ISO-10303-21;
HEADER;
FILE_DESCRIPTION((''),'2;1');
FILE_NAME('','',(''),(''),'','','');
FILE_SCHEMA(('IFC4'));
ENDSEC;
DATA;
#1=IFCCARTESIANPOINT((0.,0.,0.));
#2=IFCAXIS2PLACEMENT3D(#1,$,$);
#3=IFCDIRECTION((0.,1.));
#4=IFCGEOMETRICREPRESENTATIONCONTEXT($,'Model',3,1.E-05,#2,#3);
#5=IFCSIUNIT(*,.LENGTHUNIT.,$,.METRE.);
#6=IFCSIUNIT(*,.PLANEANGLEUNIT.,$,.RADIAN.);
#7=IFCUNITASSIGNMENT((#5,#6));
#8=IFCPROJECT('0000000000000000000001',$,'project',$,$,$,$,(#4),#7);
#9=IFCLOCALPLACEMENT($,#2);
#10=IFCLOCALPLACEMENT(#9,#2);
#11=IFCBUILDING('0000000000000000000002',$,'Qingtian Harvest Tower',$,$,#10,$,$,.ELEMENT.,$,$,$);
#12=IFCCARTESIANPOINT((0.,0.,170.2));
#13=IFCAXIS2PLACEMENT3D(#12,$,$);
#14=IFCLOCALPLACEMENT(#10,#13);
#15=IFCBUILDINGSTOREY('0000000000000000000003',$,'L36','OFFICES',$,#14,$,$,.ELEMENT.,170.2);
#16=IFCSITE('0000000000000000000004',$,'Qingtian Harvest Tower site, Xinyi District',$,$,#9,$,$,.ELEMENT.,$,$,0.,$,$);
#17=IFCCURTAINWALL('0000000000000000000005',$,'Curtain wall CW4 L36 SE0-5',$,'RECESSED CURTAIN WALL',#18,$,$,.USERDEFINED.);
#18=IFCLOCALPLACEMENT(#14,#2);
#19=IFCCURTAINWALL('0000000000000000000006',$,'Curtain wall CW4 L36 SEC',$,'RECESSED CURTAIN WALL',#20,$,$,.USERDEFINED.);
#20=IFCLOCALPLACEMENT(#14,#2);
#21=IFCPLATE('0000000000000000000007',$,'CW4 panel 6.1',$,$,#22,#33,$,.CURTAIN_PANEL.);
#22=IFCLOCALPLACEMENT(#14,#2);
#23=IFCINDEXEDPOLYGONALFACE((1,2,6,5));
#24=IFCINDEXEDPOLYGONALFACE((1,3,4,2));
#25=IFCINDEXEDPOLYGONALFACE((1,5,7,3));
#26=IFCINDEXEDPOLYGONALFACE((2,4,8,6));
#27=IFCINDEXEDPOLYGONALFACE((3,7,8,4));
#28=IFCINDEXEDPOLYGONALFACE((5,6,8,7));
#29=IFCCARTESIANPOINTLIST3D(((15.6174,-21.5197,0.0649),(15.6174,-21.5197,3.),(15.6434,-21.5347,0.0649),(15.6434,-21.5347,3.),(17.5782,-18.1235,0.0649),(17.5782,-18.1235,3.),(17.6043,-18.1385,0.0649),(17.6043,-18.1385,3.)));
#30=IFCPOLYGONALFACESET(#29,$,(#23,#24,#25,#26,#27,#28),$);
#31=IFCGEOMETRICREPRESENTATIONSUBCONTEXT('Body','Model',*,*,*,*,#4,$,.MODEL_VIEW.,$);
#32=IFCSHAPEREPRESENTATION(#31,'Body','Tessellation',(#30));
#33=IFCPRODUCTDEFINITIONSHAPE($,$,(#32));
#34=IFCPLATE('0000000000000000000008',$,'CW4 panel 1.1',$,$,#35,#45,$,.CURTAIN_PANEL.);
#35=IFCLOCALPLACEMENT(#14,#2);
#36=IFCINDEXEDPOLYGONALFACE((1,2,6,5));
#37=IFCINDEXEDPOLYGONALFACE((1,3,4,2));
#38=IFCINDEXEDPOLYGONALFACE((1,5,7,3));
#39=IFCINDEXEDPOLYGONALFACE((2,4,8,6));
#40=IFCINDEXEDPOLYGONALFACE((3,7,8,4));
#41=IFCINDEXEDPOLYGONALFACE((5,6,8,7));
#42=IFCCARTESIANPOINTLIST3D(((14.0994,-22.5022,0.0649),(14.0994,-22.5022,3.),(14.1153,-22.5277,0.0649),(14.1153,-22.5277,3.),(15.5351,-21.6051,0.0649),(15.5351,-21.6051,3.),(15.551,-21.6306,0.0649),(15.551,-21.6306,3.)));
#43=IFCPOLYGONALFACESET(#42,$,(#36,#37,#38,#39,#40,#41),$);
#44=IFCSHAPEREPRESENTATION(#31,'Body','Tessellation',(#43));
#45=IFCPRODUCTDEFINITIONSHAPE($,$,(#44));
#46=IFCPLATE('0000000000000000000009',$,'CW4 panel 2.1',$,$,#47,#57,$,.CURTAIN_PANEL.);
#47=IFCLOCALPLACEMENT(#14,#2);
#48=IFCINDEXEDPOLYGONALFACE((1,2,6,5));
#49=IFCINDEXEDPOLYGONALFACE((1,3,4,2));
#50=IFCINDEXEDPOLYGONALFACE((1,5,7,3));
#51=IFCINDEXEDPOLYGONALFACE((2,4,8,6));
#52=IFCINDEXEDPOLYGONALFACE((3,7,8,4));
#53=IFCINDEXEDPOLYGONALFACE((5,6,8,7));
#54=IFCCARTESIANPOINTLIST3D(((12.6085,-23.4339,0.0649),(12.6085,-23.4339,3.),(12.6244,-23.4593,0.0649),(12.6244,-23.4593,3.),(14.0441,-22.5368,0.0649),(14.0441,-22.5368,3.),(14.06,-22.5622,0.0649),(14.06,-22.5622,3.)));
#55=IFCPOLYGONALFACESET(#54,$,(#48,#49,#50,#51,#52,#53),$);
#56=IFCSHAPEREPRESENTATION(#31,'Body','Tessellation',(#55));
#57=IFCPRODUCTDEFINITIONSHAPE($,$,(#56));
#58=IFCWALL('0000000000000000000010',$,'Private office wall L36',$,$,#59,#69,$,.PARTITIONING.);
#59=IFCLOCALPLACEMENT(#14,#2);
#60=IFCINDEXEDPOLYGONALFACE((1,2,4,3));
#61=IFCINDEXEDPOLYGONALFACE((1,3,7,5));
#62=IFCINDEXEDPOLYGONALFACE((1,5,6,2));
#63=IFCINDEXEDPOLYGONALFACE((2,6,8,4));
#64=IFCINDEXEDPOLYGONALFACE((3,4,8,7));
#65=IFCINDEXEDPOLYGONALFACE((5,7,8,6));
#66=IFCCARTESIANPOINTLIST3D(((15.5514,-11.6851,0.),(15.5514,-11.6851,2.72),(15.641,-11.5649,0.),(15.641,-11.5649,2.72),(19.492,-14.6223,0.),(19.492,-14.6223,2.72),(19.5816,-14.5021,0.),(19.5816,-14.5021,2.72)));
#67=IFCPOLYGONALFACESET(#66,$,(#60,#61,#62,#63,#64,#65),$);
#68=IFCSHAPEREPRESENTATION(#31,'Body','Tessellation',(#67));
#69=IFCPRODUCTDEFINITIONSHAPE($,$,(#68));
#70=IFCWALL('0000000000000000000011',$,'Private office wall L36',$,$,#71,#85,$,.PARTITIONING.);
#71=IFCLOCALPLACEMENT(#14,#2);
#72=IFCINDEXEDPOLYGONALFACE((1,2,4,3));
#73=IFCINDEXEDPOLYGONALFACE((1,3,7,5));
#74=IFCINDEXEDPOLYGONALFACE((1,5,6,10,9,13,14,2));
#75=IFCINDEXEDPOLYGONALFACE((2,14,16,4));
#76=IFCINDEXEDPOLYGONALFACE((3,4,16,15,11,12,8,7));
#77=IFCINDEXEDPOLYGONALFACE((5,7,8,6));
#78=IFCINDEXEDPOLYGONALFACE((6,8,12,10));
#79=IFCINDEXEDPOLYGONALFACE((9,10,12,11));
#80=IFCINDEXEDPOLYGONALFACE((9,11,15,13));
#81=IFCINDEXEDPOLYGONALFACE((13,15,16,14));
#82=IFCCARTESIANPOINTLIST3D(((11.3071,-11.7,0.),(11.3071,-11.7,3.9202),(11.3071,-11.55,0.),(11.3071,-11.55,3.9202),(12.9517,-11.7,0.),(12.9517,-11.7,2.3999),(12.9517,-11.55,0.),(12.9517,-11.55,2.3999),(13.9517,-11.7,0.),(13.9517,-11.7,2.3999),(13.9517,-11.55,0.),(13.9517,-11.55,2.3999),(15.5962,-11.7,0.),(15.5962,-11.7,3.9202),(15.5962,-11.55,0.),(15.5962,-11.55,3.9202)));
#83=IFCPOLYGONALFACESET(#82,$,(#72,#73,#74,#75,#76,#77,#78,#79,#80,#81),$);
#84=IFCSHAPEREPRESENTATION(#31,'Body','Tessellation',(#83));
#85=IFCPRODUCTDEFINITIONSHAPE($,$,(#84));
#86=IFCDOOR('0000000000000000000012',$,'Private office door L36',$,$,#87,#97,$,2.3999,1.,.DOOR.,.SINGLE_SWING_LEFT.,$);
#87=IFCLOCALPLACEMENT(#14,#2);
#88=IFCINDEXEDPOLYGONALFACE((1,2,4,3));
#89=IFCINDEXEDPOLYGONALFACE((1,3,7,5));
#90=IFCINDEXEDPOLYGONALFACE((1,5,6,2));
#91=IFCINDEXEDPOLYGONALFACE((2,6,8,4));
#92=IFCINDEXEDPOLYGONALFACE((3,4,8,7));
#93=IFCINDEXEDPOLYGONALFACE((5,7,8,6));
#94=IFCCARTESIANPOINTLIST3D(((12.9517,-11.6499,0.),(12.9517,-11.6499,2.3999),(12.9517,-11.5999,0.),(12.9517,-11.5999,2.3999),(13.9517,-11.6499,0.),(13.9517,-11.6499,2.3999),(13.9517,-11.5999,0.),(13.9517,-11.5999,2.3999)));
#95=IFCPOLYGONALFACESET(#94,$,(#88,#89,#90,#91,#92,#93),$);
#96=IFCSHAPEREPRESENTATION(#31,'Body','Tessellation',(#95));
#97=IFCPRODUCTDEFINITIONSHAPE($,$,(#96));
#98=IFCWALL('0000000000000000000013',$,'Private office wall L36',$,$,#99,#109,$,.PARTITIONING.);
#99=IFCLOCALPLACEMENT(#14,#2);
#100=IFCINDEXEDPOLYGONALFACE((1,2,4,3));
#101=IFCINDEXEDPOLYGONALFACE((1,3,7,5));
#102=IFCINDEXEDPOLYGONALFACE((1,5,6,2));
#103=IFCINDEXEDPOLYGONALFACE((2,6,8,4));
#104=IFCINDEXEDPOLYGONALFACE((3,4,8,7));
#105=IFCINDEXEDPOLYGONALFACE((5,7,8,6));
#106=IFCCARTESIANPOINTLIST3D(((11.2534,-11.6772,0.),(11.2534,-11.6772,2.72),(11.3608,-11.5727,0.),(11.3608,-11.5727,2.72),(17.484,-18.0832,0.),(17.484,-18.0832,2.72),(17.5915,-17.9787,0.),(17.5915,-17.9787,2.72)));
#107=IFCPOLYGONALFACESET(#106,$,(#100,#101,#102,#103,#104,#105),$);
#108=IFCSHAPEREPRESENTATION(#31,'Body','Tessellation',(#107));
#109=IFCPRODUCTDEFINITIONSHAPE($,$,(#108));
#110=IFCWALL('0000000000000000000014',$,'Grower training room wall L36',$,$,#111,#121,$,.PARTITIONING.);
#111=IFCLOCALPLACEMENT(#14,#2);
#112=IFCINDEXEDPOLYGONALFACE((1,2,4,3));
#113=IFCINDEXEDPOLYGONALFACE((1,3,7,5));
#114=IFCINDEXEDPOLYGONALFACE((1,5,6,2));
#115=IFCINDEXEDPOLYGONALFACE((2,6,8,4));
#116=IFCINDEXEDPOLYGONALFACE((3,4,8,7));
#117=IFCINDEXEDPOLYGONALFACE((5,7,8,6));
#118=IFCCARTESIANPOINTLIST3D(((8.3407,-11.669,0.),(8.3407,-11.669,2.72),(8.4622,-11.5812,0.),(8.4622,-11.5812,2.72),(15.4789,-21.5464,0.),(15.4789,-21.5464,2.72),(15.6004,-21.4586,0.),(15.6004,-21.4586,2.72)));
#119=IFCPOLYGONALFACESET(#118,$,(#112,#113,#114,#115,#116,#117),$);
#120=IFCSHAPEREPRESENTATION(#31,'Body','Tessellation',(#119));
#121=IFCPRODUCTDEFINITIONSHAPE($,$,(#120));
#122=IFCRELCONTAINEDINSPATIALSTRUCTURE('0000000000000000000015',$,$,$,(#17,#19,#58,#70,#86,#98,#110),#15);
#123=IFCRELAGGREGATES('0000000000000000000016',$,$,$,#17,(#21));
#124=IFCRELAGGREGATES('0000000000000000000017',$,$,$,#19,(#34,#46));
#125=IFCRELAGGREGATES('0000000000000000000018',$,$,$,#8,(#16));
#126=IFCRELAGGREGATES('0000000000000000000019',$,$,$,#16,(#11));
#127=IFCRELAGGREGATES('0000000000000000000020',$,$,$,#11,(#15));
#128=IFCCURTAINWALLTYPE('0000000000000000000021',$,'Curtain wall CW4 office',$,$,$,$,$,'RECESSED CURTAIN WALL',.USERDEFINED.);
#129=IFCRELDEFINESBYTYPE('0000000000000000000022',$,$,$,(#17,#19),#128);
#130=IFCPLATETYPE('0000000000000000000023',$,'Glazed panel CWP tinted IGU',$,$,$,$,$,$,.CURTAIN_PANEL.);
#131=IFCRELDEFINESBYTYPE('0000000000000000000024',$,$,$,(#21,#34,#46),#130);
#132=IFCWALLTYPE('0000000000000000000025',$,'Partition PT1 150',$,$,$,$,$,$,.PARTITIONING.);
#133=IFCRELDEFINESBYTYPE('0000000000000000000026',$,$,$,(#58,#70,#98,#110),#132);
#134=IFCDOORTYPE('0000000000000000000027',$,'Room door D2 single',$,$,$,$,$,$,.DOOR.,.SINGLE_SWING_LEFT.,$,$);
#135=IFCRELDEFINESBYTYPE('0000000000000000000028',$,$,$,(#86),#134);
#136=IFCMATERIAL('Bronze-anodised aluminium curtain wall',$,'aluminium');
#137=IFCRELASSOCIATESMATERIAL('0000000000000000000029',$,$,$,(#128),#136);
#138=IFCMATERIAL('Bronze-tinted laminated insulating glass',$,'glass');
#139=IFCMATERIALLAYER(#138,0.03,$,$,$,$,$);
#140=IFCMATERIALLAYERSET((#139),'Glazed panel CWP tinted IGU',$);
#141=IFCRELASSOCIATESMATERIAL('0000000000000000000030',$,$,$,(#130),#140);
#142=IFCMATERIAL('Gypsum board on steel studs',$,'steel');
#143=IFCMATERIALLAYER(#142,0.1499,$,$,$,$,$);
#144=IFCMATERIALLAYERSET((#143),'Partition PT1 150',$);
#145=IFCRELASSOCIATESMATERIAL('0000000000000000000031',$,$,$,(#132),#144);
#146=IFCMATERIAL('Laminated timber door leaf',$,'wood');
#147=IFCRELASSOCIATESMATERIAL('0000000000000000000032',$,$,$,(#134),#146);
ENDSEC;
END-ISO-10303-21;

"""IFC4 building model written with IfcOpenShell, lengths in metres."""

from ifc_helpers import new_model, si_unit, direction, frame, frame_2d, origin, origin_2d, place, context, subcontext, project, spatial, rectangle, extrude, material, layer, layer_set, type_object, element, fill, aggregate, save


model = new_model("IFC4")

# Units and contexts
model_context = context("Model", 3, precision=1e-05, world=origin(), true_north=direction((0.0, 1.0)))
body_context = subcontext(model_context, "Body", "Model", "MODEL_VIEW")
ifc_project = project(units=[si_unit("LENGTHUNIT", "METRE"), si_unit("PLANEANGLEUNIT", "RADIAN")], contexts=[model_context])

# Site, building, storey
site_placement = place(None, origin())
site = spatial("IfcSite", under=ifc_project, at=site_placement, Name="Qingtian Harvest Tower site, Xinyi District", CompositionType="ELEMENT", RefElevation=0.0)
building_placement = place(site_placement, origin())
building = spatial("IfcBuilding", under=site, at=building_placement, Name="Qingtian Harvest Tower", CompositionType="ELEMENT")
storey_placement = place(building_placement, frame((0.0, 0.0, 170.2)))
storey = spatial("IfcBuildingStorey", under=building, at=storey_placement, Name="L36", Description="OFFICES", CompositionType="ELEMENT", Elevation=170.2)

# Curtain walls
ifc_material_1 = material(Name="Bronze-anodised aluminium curtain wall", Category="aluminium")
curtain_wall_type = type_object("IfcCurtainWallType", Name="Curtain wall CW4 office", ElementType="RECESSED CURTAIN WALL", PredefinedType="USERDEFINED", material=ifc_material_1)
curtain_wall_1_placement = place(storey_placement, origin())
curtain_wall_1 = element("IfcCurtainWall", 1, at=curtain_wall_1_placement, inside=storey, type_object=curtain_wall_type, Name="Curtain wall CW4 L36 SE0-5", ObjectType="RECESSED CURTAIN WALL", PredefinedType="USERDEFINED")
curtain_wall_2_placement = place(storey_placement, origin())
curtain_wall_2 = element("IfcCurtainWall", 2, at=curtain_wall_2_placement, inside=storey, type_object=curtain_wall_type, Name="Curtain wall CW4 L36 SEC", ObjectType="RECESSED CURTAIN WALL", PredefinedType="USERDEFINED")

# Plates
ifc_material_2 = material(Name="Bronze-tinted laminated insulating glass", Category="glass")
ifc_layer_1 = layer(ifc_material_2, 0.03)
ifc_layer_set_1 = layer_set([ifc_layer_1], Name="Glazed panel CWP tinted IGU")
plate_type = type_object("IfcPlateType", Name="Glazed panel CWP tinted IGU", PredefinedType="CURTAIN_PANEL", material=ifc_layer_set_1)
plate_1_placement = place(storey_placement, frame((16.6108, -19.8291, 0.0649), z_axis=(0.0, 0.0, 1.0), x_axis=(-0.5, -0.866025, 0.0)))
plate_1 = element("IfcPlate", 3, at=plate_1_placement, type_object=plate_type, Name="CW4 panel 6.1", PredefinedType="CURTAIN_PANEL", context=body_context, shape_type="SweptSolid", body=[
    extrude(rectangle(XDim=3.9216, YDim=0.03, at=origin_2d()), origin(), (0.0, 0.0, 1.0), 2.9351),
])
aggregate(curtain_wall_1, [plate_1])
plate_2_placement = place(storey_placement, frame((14.8252, -22.0664, 0.0649), z_axis=(0.0, 0.0, 1.0), x_axis=(-0.848048, -0.529919, 0.0)))
plate_2 = element("IfcPlate", 4, at=plate_2_placement, type_object=plate_type, Name="CW4 panel 1.1", PredefinedType="CURTAIN_PANEL", context=body_context, shape_type="SweptSolid", body=[
    extrude(rectangle(XDim=1.6929, YDim=0.03, at=origin_2d()), origin(), (0.0, 0.0, 1.0), 2.9351),
])
plate_3_placement = place(storey_placement, frame((13.3342, -22.998, 0.0649), z_axis=(0.0, 0.0, 1.0), x_axis=(-0.848048, -0.529919, 0.0)))
plate_3 = element("IfcPlate", 5, at=plate_3_placement, type_object=plate_type, Name="CW4 panel 2.1", PredefinedType="CURTAIN_PANEL", context=body_context, shape_type="SweptSolid", body=[
    extrude(rectangle(XDim=1.6929, YDim=0.03, at=origin_2d()), origin(), (0.0, 0.0, 1.0), 2.9351),
])
aggregate(curtain_wall_2, [plate_2, plate_3])

# Wall
ifc_material_3 = material(Name="Gypsum board on steel studs", Category="steel")
ifc_layer_2 = layer(ifc_material_3, 0.1499)
ifc_layer_set_2 = layer_set([ifc_layer_2], Name="Partition PT1 150")
wall_type = type_object("IfcWallType", Name="Partition PT1 150", PredefinedType="PARTITIONING", material=ifc_layer_set_2)
wall_1_placement = place(storey_placement, frame((19.5369, -14.5623, 0.0), z_axis=(0.0, 0.0, 1.0), x_axis=(-0.801779, 0.597621, 0.0)))
element("IfcWall", 6, at=wall_1_placement, inside=storey, type_object=wall_type, Name="Private office wall L36", PredefinedType="PARTITIONING", context=body_context, shape_type="SweptSolid", body=[
    extrude(rectangle(XDim=4.9148, YDim=0.1499, at=frame_2d((2.4575, 0.0))), origin(), (0.0, 0.0, 1.0), 2.72),
])

# Wall, opening, door
wall_2_placement = place(storey_placement, frame((15.5962, -11.625, 0.0), z_axis=(0.0, 0.0, 1.0), x_axis=(-1.0, 0.0, 0.0)))
wall_2 = element("IfcWall", 7, at=wall_2_placement, inside=storey, type_object=wall_type, Name="Private office wall L36", PredefinedType="PARTITIONING", context=body_context, shape_type="SweptSolid", body=[
    extrude(rectangle(XDim=4.2891, YDim=0.1499, at=frame_2d((2.1445, 0.0))), origin(), (0.0, 0.0, 1.0), 3.9202),
])
opening_placement = place(wall_2_placement, frame((1.6445, 0.0, 0.0)))
opening = element("IfcOpeningElement", 8, at=opening_placement, cuts=wall_2, PredefinedType="OPENING", context=body_context, shape_type="SweptSolid", body=[
    extrude(rectangle(XDim=1.0, YDim=2.3999, at=frame_2d((0.5, 1.2))), frame((0.0, 0.085, 0.0), z_axis=(0.0, -1.0, 0.0), x_axis=(1.0, 0.0, 0.0)), (0.0, 0.0, 1.0), 0.1699),
])
ifc_material_4 = material(Name="Laminated timber door leaf", Category="wood")
door_type = type_object("IfcDoorType", Name="Room door D2 single", OperationType="SINGLE_SWING_LEFT", PredefinedType="DOOR", material=ifc_material_4)
door_placement = place(opening_placement, origin())
door = element("IfcDoor", 9, at=door_placement, inside=storey, type_object=door_type, Name="Private office door L36", OperationType="SINGLE_SWING_LEFT", OverallHeight=2.3999, OverallWidth=1.0, PredefinedType="DOOR", context=body_context, shape_type="SweptSolid", body=[
    extrude(rectangle(XDim=1.0, YDim=2.3999, at=frame_2d((0.5, 1.2))), frame((0.0, 0.0249, 0.0), z_axis=(0.0, -1.0, 0.0), x_axis=(1.0, 0.0, 0.0)), (0.0, 0.0, 1.0), 0.05),
])
fill(opening, door)

# Walls
wall_3_placement = place(storey_placement, frame((17.5378, -18.031, 0.0), z_axis=(0.0, 0.0, 1.0), x_axis=(-0.697231, 0.716847, 0.0)))
element("IfcWall", 10, at=wall_3_placement, inside=storey, type_object=wall_type, Name="Private office wall L36", PredefinedType="PARTITIONING", context=body_context, shape_type="SweptSolid", body=[
    extrude(rectangle(XDim=8.9363, YDim=0.1499, at=frame_2d((4.4683, 0.0))), origin(), (0.0, 0.0, 1.0), 2.72),
])
wall_4_placement = place(storey_placement, frame((15.5396, -21.5024, 0.0), z_axis=(0.0, 0.0, 1.0), x_axis=(-0.585732, 0.810505, 0.0)))
element("IfcWall", 11, at=wall_4_placement, inside=storey, type_object=wall_type, Name="Grower training room wall L36", PredefinedType="PARTITIONING", context=body_context, shape_type="SweptSolid", body=[
    extrude(rectangle(XDim=12.1868, YDim=0.1499, at=frame_2d((6.0933, 0.0))), origin(), (0.0, 0.0, 1.0), 2.72),
])

save(model, "model.ifc")
